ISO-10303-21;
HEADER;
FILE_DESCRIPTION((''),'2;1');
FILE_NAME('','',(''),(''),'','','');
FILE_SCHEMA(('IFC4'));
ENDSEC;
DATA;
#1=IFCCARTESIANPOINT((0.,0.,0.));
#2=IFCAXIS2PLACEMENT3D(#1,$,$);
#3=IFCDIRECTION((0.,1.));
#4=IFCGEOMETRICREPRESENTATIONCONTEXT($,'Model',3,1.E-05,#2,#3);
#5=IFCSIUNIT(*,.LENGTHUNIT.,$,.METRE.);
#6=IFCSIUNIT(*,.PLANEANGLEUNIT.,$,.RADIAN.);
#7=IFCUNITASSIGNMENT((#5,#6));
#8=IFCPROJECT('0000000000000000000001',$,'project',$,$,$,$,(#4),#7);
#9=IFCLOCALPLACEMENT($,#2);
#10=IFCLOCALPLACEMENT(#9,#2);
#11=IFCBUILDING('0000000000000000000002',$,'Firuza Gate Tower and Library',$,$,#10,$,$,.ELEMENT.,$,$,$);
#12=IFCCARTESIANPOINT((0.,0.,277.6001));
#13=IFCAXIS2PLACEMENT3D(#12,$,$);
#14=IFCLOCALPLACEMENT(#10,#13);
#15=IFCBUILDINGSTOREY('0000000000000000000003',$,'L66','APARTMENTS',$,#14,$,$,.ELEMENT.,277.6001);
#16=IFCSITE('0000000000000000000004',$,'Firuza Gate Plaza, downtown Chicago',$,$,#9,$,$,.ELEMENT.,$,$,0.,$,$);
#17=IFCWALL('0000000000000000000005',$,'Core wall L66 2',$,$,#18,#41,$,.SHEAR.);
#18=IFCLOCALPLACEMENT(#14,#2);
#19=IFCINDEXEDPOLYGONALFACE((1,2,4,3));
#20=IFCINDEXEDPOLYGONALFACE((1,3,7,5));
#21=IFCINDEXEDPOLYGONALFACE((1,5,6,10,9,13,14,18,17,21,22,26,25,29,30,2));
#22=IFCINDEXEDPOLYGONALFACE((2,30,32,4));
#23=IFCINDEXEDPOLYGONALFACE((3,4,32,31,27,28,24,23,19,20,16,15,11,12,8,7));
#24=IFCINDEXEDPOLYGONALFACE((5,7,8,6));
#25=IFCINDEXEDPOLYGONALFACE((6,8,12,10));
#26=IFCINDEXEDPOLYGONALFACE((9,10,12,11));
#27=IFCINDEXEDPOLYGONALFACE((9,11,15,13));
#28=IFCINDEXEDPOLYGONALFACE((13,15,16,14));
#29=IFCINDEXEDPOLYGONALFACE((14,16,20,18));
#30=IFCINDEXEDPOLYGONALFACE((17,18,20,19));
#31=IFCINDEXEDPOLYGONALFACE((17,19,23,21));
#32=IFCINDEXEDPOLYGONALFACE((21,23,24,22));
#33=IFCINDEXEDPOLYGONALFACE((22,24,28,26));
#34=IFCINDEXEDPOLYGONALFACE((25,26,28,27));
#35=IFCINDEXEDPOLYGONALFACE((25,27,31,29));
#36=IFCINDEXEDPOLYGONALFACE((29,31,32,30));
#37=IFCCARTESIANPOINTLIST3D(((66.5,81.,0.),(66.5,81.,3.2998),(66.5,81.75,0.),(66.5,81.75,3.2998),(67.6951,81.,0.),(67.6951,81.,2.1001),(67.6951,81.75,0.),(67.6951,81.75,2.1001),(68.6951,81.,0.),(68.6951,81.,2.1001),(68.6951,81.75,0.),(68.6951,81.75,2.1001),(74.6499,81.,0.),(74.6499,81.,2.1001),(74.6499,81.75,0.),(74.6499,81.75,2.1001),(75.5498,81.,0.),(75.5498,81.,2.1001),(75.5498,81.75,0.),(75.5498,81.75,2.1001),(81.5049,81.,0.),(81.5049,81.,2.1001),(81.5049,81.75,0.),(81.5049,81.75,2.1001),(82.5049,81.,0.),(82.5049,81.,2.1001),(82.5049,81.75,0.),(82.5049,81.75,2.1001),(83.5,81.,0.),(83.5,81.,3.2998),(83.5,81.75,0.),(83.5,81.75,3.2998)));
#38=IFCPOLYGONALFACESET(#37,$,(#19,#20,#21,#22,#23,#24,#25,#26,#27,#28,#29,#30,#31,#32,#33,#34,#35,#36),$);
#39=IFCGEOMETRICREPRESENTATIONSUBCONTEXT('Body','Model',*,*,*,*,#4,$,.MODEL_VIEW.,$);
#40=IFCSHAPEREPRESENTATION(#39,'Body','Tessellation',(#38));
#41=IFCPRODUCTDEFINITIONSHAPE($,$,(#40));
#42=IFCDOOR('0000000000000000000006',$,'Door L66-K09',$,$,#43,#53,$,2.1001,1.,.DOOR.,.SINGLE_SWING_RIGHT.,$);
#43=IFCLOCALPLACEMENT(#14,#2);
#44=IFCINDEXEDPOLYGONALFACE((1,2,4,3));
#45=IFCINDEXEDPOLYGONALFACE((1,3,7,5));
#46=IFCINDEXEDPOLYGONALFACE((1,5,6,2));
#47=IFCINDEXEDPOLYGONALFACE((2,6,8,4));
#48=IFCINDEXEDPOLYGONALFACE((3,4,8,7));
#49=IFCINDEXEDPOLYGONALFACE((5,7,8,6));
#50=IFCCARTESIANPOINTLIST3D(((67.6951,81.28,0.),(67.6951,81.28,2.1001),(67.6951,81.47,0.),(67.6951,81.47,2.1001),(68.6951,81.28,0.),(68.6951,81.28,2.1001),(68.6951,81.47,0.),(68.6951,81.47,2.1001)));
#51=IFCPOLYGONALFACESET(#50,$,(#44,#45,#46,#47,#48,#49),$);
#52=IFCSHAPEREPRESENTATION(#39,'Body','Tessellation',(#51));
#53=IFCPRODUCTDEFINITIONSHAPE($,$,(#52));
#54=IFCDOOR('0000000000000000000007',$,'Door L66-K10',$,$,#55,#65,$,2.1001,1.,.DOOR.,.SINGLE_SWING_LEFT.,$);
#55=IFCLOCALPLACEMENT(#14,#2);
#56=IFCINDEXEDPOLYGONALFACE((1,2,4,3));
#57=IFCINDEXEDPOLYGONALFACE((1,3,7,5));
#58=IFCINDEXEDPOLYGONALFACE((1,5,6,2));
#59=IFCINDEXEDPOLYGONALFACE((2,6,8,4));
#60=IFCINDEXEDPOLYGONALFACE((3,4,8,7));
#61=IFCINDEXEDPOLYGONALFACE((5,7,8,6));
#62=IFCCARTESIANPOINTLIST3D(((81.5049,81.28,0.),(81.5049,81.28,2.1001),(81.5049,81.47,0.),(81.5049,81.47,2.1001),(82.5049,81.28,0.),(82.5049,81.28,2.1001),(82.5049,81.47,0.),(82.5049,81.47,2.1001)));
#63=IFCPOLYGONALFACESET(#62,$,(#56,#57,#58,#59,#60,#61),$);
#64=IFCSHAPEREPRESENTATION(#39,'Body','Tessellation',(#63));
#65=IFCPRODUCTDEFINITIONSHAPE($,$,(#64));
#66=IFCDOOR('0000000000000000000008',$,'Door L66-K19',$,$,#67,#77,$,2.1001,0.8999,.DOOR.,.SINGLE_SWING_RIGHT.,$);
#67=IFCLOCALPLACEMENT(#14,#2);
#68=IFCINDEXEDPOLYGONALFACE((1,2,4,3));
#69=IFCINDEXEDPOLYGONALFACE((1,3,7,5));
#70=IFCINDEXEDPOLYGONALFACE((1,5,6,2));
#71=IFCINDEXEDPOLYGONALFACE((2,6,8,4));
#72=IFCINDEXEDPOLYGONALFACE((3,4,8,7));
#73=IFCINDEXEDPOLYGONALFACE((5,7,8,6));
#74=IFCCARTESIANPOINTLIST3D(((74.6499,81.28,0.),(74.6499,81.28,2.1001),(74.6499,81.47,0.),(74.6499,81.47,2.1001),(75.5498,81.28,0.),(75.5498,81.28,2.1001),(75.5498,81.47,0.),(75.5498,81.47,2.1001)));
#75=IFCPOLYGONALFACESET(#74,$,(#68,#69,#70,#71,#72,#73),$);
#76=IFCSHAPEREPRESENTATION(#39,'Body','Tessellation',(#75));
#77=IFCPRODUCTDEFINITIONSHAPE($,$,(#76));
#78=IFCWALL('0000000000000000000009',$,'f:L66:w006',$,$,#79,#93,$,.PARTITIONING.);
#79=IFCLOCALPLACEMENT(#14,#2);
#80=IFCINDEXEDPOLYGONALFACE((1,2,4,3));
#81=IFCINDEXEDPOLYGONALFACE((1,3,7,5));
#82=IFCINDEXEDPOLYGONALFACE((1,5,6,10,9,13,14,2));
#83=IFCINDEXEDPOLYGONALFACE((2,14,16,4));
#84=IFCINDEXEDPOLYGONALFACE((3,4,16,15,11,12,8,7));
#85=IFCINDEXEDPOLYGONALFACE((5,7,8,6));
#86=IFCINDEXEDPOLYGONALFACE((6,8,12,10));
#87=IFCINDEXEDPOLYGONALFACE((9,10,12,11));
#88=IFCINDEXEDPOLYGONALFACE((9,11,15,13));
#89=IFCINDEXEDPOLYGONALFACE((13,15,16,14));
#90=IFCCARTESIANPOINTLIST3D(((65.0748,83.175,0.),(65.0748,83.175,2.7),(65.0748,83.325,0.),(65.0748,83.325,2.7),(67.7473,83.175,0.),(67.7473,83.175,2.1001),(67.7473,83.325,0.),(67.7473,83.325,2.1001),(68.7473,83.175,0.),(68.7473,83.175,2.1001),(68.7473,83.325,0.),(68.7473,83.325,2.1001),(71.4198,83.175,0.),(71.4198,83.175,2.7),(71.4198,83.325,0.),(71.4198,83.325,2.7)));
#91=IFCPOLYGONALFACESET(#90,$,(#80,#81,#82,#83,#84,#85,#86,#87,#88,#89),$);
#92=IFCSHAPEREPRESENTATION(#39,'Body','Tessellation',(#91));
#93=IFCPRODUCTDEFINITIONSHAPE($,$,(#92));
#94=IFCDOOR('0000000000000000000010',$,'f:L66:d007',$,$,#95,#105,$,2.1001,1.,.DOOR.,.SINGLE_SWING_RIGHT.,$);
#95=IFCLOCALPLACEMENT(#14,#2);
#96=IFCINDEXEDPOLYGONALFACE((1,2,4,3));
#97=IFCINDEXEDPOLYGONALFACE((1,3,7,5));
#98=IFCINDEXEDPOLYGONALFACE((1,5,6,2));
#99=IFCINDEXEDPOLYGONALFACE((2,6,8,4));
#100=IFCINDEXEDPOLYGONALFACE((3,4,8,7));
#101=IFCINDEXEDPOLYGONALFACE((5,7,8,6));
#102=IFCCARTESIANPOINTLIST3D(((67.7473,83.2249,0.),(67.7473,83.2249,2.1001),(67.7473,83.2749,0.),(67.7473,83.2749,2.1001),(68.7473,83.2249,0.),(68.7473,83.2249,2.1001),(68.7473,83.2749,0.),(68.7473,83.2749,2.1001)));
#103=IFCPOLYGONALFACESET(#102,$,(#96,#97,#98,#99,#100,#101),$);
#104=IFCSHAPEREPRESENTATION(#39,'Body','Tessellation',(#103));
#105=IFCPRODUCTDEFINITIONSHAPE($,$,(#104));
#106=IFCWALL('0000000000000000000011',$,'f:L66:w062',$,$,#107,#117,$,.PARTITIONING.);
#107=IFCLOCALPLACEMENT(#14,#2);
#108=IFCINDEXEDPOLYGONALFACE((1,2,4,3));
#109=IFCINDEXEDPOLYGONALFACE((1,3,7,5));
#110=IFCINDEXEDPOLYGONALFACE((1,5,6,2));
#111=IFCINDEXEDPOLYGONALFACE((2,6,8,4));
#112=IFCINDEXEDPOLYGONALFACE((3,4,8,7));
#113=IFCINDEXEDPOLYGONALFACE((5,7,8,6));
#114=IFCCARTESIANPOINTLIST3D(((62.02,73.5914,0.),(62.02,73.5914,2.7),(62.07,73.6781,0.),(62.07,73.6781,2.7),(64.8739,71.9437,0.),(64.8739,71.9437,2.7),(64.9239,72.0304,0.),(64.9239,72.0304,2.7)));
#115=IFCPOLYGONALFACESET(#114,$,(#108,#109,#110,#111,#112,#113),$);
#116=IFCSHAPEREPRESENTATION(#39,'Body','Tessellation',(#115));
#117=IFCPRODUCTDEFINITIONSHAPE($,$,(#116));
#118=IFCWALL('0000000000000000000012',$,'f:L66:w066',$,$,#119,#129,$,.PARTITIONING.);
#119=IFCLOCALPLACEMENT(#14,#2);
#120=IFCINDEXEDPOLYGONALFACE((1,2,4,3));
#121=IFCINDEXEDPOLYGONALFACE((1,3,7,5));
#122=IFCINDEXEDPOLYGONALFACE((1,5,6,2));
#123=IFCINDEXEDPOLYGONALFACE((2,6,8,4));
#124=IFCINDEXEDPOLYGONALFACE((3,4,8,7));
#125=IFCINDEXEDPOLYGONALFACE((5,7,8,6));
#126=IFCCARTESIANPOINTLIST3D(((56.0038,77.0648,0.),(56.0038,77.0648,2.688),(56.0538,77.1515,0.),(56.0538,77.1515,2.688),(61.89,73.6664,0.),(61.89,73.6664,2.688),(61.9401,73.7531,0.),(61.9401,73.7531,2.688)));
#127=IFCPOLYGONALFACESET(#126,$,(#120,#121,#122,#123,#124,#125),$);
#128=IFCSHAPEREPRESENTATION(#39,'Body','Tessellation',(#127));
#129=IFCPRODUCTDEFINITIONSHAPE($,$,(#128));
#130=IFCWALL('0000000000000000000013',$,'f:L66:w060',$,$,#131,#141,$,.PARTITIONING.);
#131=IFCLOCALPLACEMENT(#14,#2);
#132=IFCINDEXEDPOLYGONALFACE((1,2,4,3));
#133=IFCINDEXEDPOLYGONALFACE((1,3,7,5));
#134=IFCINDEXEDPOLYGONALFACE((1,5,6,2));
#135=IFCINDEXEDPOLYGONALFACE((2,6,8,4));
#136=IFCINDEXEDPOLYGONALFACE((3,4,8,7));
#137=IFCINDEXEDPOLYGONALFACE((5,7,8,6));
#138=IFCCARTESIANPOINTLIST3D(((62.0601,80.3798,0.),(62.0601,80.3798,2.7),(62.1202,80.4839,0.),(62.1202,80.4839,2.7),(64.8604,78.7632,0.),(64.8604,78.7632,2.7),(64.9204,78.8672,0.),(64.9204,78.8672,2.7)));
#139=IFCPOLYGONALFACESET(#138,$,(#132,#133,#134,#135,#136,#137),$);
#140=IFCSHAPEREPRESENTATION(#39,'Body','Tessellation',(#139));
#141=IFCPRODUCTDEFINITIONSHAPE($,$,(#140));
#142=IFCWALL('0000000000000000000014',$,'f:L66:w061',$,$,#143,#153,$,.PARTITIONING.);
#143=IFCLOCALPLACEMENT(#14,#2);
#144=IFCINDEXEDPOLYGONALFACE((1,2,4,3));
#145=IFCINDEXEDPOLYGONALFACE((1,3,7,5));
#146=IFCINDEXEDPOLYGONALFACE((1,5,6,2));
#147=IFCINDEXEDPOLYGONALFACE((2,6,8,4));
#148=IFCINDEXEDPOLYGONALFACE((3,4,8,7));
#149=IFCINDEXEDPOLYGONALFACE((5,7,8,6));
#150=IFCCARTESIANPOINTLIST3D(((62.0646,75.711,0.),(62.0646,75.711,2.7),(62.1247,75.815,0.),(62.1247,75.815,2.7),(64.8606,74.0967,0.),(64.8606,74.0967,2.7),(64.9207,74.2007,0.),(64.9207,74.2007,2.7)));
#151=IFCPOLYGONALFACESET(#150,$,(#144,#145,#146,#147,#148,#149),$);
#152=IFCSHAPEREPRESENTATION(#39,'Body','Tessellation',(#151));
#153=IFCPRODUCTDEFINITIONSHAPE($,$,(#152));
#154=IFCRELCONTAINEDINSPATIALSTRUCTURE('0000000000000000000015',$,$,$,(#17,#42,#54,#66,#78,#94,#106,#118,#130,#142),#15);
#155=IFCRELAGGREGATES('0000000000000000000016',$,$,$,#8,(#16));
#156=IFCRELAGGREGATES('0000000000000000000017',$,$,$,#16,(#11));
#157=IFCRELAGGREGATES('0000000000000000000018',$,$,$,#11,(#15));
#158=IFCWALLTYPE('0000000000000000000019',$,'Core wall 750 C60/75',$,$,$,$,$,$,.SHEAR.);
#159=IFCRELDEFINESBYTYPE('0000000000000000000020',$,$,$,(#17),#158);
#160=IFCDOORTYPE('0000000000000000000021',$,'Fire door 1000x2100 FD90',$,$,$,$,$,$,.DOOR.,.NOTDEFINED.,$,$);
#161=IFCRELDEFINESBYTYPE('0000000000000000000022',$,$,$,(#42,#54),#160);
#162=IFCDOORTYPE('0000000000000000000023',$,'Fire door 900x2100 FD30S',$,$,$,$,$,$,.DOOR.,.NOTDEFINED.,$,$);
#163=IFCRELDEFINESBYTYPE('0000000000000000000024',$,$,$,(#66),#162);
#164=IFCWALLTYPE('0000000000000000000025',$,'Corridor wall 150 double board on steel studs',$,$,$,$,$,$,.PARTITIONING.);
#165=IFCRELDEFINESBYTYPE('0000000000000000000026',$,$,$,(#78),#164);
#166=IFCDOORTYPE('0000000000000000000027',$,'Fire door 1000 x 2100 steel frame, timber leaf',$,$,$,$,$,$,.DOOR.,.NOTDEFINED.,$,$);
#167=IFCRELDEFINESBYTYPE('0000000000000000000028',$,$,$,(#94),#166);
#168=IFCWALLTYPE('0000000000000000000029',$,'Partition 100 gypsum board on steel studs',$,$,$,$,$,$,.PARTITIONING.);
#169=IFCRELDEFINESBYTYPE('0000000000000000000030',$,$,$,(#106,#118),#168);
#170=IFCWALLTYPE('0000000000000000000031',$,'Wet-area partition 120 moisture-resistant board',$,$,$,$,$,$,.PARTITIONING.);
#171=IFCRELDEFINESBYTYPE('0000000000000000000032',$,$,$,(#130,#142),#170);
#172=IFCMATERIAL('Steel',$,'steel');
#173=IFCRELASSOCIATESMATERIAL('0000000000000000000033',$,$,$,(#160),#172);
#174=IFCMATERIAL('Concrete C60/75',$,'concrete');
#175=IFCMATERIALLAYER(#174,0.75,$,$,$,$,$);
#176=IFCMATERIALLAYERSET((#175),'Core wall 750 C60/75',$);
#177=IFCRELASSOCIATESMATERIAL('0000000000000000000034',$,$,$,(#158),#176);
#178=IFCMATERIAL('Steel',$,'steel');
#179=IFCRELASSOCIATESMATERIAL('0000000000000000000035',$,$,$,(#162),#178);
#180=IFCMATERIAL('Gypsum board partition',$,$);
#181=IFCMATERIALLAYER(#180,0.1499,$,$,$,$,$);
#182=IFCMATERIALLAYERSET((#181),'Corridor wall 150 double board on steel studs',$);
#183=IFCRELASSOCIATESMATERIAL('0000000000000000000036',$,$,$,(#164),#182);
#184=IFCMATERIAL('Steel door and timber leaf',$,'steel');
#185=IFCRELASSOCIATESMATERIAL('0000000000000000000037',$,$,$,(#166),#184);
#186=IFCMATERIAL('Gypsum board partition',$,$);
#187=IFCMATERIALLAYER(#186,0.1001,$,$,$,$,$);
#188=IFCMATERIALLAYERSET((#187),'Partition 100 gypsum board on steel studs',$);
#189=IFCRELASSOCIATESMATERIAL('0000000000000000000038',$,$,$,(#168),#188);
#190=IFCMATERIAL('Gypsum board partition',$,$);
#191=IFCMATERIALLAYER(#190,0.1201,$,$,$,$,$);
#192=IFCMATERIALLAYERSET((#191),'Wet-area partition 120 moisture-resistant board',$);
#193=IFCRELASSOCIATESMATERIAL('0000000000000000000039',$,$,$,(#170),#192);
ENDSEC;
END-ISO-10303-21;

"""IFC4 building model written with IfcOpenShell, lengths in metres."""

from ifc_helpers import new_model, si_unit, direction, frame, frame_2d, origin, place, context, subcontext, project, spatial, rectangle, extrude, material, layer, layer_set, type_object, element, fill, save


model = new_model("IFC4")

# Units and contexts
model_context = context("Model", 3, precision=1e-05, world=origin(), true_north=direction((0.0, 1.0)))
body_context = subcontext(model_context, "Body", "Model", "MODEL_VIEW")
ifc_project = project(units=[si_unit("LENGTHUNIT", "METRE"), si_unit("PLANEANGLEUNIT", "RADIAN")], contexts=[model_context])

# Site, building, storey
site_placement = place(None, origin())
site = spatial("IfcSite", under=ifc_project, at=site_placement, Name="Firuza Gate Plaza, downtown Chicago", CompositionType="ELEMENT", RefElevation=0.0)
building_placement = place(site_placement, origin())
building = spatial("IfcBuilding", under=site, at=building_placement, Name="Firuza Gate Tower and Library", CompositionType="ELEMENT")
storey_placement = place(building_placement, frame((0.0, 0.0, 277.6001)))
storey = spatial("IfcBuildingStorey", under=building, at=storey_placement, Name="L66", Description="APARTMENTS", CompositionType="ELEMENT", Elevation=277.6001)

# Shared definitions
ifc_material_1 = material(Name="Steel", Category="steel")
door_type_1 = type_object("IfcDoorType", Name="Fire door 1000x2100 FD90", OperationType="NOTDEFINED", PredefinedType="DOOR", material=ifc_material_1)

# Wall, openings, doors
ifc_material_2 = material(Name="Concrete C60/75", Category="concrete")
ifc_layer_1 = layer(ifc_material_2, 0.75)
ifc_layer_set_1 = layer_set([ifc_layer_1], Name="Core wall 750 C60/75")
wall_type_1 = type_object("IfcWallType", Name="Core wall 750 C60/75", PredefinedType="SHEAR", material=ifc_layer_set_1)
wall_1_placement = place(storey_placement, frame((66.5, 81.375, 0.0), z_axis=(0.0, 0.0, 1.0), x_axis=(1.0, 0.0, 0.0)))
wall_1 = element("IfcWall", 1, at=wall_1_placement, inside=storey, type_object=wall_type_1, Name="Core wall L66 2", PredefinedType="SHEAR", context=body_context, shape_type="SweptSolid", body=[
    extrude(rectangle(XDim=17.0, YDim=0.75, at=frame_2d((8.5, 0.0))), origin(), (0.0, 0.0, 1.0), 3.2998),
])
opening_1_placement = place(wall_1_placement, frame((1.1951, 0.0, 0.0)))
opening_1 = element("IfcOpeningElement", 2, at=opening_1_placement, cuts=wall_1, PredefinedType="OPENING", context=body_context, shape_type="SweptSolid", body=[
    extrude(rectangle(XDim=1.0, YDim=2.1001, at=frame_2d((0.5, 1.05))), frame((0.0, 0.385, 0.0), z_axis=(0.0, -1.0, 0.0), x_axis=(1.0, 0.0, 0.0)), (0.0, 0.0, 1.0), 0.77),
])
opening_2_placement = place(wall_1_placement, frame((15.0049, 0.0, 0.0)))
opening_2 = element("IfcOpeningElement", 3, at=opening_2_placement, cuts=wall_1, PredefinedType="OPENING", context=body_context, shape_type="SweptSolid", body=[
    extrude(rectangle(XDim=1.0, YDim=2.1001, at=frame_2d((0.5, 1.05))), frame((0.0, 0.385, 0.0), z_axis=(0.0, -1.0, 0.0), x_axis=(1.0, 0.0, 0.0)), (0.0, 0.0, 1.0), 0.77),
])
opening_3_placement = place(wall_1_placement, frame((8.1499, 0.0, 0.0)))
opening_3 = element("IfcOpeningElement", 4, at=opening_3_placement, cuts=wall_1, PredefinedType="OPENING", context=body_context, shape_type="SweptSolid", body=[
    extrude(rectangle(XDim=0.8999, YDim=2.1001, at=frame_2d((0.45, 1.05))), frame((0.0, 0.385, 0.0), z_axis=(0.0, -1.0, 0.0), x_axis=(1.0, 0.0, 0.0)), (0.0, 0.0, 1.0), 0.77),
])
door_1_placement = place(opening_1_placement, origin())
door_1 = element("IfcDoor", 5, at=door_1_placement, inside=storey, type_object=door_type_1, Name="Door L66-K09", OperationType="SINGLE_SWING_RIGHT", OverallHeight=2.1001, OverallWidth=1.0, PredefinedType="DOOR", context=body_context, shape_type="SweptSolid", body=[
    extrude(rectangle(XDim=1.0, YDim=2.1001, at=frame_2d((0.5, 1.05))), frame((0.0, 0.095, 0.0), z_axis=(0.0, -1.0, 0.0), x_axis=(1.0, 0.0, 0.0)), (0.0, 0.0, 1.0), 0.1899),
])
fill(opening_1, door_1)
door_2_placement = place(opening_2_placement, origin())
door_2 = element("IfcDoor", 6, at=door_2_placement, inside=storey, type_object=door_type_1, Name="Door L66-K10", OperationType="SINGLE_SWING_LEFT", OverallHeight=2.1001, OverallWidth=1.0, PredefinedType="DOOR", context=body_context, shape_type="SweptSolid", body=[
    extrude(rectangle(XDim=1.0, YDim=2.1001, at=frame_2d((0.5, 1.05))), frame((0.0, 0.095, 0.0), z_axis=(0.0, -1.0, 0.0), x_axis=(1.0, 0.0, 0.0)), (0.0, 0.0, 1.0), 0.1899),
])
fill(opening_2, door_2)
ifc_material_3 = material(Name="Steel", Category="steel")
door_type_2 = type_object("IfcDoorType", Name="Fire door 900x2100 FD30S", OperationType="NOTDEFINED", PredefinedType="DOOR", material=ifc_material_3)
door_3_placement = place(opening_3_placement, origin())
door_3 = element("IfcDoor", 7, at=door_3_placement, inside=storey, type_object=door_type_2, Name="Door L66-K19", OperationType="SINGLE_SWING_RIGHT", OverallHeight=2.1001, OverallWidth=0.8999, PredefinedType="DOOR", context=body_context, shape_type="SweptSolid", body=[
    extrude(rectangle(XDim=0.8999, YDim=2.1001, at=frame_2d((0.45, 1.05))), frame((0.0, 0.095, 0.0), z_axis=(0.0, -1.0, 0.0), x_axis=(1.0, 0.0, 0.0)), (0.0, 0.0, 1.0), 0.1899),
])
fill(opening_3, door_3)

# Wall, opening, door
ifc_material_4 = material(Name="Gypsum board partition")
ifc_layer_2 = layer(ifc_material_4, 0.1499)
ifc_layer_set_2 = layer_set([ifc_layer_2], Name="Corridor wall 150 double board on steel studs")
wall_type_2 = type_object("IfcWallType", Name="Corridor wall 150 double board on steel studs", PredefinedType="PARTITIONING", material=ifc_layer_set_2)
wall_2_placement = place(storey_placement, frame((65.075, 83.25, 0.0), z_axis=(0.0, 0.0, 1.0), x_axis=(1.0, 0.0, 0.0)))
wall_2 = element("IfcWall", 8, at=wall_2_placement, inside=storey, type_object=wall_type_2, Name="f:L66:w006", PredefinedType="PARTITIONING", context=body_context, shape_type="SweptSolid", body=[
    extrude(rectangle(XDim=6.345, YDim=0.1499, at=frame_2d((3.1724, 0.0))), origin(), (0.0, 0.0, 1.0), 2.7),
])
opening_4_placement = place(wall_2_placement, frame((2.6724, 0.0, 0.0)))
opening_4 = element("IfcOpeningElement", 9, at=opening_4_placement, cuts=wall_2, PredefinedType="OPENING", context=body_context, shape_type="SweptSolid", body=[
    extrude(rectangle(XDim=1.0, YDim=2.1001, at=frame_2d((0.5, 1.05))), frame((0.0, 0.085, 0.0), z_axis=(0.0, -1.0, 0.0), x_axis=(1.0, 0.0, 0.0)), (0.0, 0.0, 1.0), 0.1699),
])
ifc_material_5 = material(Name="Steel door and timber leaf", Category="steel")
door_type_3 = type_object("IfcDoorType", Name="Fire door 1000 x 2100 steel frame, timber leaf", OperationType="NOTDEFINED", PredefinedType="DOOR", material=ifc_material_5)
door_4_placement = place(opening_4_placement, origin())
door_4 = element("IfcDoor", 10, at=door_4_placement, inside=storey, type_object=door_type_3, Name="f:L66:d007", OperationType="SINGLE_SWING_RIGHT", OverallHeight=2.1001, OverallWidth=1.0, PredefinedType="DOOR", context=body_context, shape_type="SweptSolid", body=[
    extrude(rectangle(XDim=1.0, YDim=2.1001, at=frame_2d((0.5, 1.05))), frame((0.0, 0.0249, 0.0), z_axis=(0.0, -1.0, 0.0), x_axis=(1.0, 0.0, 0.0)), (0.0, 0.0, 1.0), 0.05),
])
fill(opening_4, door_4)

# Walls
ifc_material_6 = material(Name="Gypsum board partition")
ifc_layer_3 = layer(ifc_material_6, 0.1001)
ifc_layer_set_3 = layer_set([ifc_layer_3], Name="Partition 100 gypsum board on steel studs")
wall_type_3 = type_object("IfcWallType", Name="Partition 100 gypsum board on steel studs", PredefinedType="PARTITIONING", material=ifc_layer_set_3)
wall_3_placement = place(storey_placement, frame((64.8989, 71.9871, 0.0), z_axis=(0.0, 0.0, 1.0), x_axis=(-0.866033, 0.499988, 0.0)))
element("IfcWall", 11, at=wall_3_placement, inside=storey, type_object=wall_type_3, Name="f:L66:w062", PredefinedType="PARTITIONING", context=body_context, shape_type="SweptSolid", body=[
    extrude(rectangle(XDim=3.2954, YDim=0.1001, at=frame_2d((1.6477, 0.0))), origin(), (0.0, 0.0, 1.0), 2.7),
])
wall_4_placement = place(storey_placement, frame((61.915, 73.7097, 0.0), z_axis=(0.0, 0.0, 1.0), x_axis=(-0.866024, 0.500002, 0.0)))
element("IfcWall", 12, at=wall_4_placement, inside=storey, type_object=wall_type_3, Name="f:L66:w066", PredefinedType="PARTITIONING", context=body_context, shape_type="SweptSolid", body=[
    extrude(rectangle(XDim=6.7969, YDim=0.1001, at=frame_2d((3.3984, 0.0))), origin(), (0.0, 0.0, 1.0), 2.688),
])
ifc_material_7 = material(Name="Gypsum board partition")
ifc_layer_4 = layer(ifc_material_7, 0.1201)
ifc_layer_set_4 = layer_set([ifc_layer_4], Name="Wet-area partition 120 moisture-resistant board")
wall_type_4 = type_object("IfcWallType", Name="Wet-area partition 120 moisture-resistant board", PredefinedType="PARTITIONING", material=ifc_layer_set_4)
wall_5_placement = place(storey_placement, frame((64.8904, 78.8152, 0.0), z_axis=(0.0, 0.0, 1.0), x_axis=(-0.866032, 0.499988, 0.0)))
element("IfcWall", 13, at=wall_5_placement, inside=storey, type_object=wall_type_4, Name="f:L66:w060", PredefinedType="PARTITIONING", context=body_context, shape_type="SweptSolid", body=[
    extrude(rectangle(XDim=3.2334, YDim=0.1201, at=frame_2d((1.6167, 0.0))), origin(), (0.0, 0.0, 1.0), 2.7),
])
wall_6_placement = place(storey_placement, frame((64.8906, 74.1487, 0.0), z_axis=(0.0, 0.0, 1.0), x_axis=(-0.866019, 0.50001, 0.0)))
element("IfcWall", 14, at=wall_6_placement, inside=storey, type_object=wall_type_4, Name="f:L66:w061", PredefinedType="PARTITIONING", context=body_context, shape_type="SweptSolid", body=[
    extrude(rectangle(XDim=3.2285, YDim=0.1201, at=frame_2d((1.6143, 0.0))), origin(), (0.0, 0.0, 1.0), 2.7),
])

save(model, "model.ifc")
